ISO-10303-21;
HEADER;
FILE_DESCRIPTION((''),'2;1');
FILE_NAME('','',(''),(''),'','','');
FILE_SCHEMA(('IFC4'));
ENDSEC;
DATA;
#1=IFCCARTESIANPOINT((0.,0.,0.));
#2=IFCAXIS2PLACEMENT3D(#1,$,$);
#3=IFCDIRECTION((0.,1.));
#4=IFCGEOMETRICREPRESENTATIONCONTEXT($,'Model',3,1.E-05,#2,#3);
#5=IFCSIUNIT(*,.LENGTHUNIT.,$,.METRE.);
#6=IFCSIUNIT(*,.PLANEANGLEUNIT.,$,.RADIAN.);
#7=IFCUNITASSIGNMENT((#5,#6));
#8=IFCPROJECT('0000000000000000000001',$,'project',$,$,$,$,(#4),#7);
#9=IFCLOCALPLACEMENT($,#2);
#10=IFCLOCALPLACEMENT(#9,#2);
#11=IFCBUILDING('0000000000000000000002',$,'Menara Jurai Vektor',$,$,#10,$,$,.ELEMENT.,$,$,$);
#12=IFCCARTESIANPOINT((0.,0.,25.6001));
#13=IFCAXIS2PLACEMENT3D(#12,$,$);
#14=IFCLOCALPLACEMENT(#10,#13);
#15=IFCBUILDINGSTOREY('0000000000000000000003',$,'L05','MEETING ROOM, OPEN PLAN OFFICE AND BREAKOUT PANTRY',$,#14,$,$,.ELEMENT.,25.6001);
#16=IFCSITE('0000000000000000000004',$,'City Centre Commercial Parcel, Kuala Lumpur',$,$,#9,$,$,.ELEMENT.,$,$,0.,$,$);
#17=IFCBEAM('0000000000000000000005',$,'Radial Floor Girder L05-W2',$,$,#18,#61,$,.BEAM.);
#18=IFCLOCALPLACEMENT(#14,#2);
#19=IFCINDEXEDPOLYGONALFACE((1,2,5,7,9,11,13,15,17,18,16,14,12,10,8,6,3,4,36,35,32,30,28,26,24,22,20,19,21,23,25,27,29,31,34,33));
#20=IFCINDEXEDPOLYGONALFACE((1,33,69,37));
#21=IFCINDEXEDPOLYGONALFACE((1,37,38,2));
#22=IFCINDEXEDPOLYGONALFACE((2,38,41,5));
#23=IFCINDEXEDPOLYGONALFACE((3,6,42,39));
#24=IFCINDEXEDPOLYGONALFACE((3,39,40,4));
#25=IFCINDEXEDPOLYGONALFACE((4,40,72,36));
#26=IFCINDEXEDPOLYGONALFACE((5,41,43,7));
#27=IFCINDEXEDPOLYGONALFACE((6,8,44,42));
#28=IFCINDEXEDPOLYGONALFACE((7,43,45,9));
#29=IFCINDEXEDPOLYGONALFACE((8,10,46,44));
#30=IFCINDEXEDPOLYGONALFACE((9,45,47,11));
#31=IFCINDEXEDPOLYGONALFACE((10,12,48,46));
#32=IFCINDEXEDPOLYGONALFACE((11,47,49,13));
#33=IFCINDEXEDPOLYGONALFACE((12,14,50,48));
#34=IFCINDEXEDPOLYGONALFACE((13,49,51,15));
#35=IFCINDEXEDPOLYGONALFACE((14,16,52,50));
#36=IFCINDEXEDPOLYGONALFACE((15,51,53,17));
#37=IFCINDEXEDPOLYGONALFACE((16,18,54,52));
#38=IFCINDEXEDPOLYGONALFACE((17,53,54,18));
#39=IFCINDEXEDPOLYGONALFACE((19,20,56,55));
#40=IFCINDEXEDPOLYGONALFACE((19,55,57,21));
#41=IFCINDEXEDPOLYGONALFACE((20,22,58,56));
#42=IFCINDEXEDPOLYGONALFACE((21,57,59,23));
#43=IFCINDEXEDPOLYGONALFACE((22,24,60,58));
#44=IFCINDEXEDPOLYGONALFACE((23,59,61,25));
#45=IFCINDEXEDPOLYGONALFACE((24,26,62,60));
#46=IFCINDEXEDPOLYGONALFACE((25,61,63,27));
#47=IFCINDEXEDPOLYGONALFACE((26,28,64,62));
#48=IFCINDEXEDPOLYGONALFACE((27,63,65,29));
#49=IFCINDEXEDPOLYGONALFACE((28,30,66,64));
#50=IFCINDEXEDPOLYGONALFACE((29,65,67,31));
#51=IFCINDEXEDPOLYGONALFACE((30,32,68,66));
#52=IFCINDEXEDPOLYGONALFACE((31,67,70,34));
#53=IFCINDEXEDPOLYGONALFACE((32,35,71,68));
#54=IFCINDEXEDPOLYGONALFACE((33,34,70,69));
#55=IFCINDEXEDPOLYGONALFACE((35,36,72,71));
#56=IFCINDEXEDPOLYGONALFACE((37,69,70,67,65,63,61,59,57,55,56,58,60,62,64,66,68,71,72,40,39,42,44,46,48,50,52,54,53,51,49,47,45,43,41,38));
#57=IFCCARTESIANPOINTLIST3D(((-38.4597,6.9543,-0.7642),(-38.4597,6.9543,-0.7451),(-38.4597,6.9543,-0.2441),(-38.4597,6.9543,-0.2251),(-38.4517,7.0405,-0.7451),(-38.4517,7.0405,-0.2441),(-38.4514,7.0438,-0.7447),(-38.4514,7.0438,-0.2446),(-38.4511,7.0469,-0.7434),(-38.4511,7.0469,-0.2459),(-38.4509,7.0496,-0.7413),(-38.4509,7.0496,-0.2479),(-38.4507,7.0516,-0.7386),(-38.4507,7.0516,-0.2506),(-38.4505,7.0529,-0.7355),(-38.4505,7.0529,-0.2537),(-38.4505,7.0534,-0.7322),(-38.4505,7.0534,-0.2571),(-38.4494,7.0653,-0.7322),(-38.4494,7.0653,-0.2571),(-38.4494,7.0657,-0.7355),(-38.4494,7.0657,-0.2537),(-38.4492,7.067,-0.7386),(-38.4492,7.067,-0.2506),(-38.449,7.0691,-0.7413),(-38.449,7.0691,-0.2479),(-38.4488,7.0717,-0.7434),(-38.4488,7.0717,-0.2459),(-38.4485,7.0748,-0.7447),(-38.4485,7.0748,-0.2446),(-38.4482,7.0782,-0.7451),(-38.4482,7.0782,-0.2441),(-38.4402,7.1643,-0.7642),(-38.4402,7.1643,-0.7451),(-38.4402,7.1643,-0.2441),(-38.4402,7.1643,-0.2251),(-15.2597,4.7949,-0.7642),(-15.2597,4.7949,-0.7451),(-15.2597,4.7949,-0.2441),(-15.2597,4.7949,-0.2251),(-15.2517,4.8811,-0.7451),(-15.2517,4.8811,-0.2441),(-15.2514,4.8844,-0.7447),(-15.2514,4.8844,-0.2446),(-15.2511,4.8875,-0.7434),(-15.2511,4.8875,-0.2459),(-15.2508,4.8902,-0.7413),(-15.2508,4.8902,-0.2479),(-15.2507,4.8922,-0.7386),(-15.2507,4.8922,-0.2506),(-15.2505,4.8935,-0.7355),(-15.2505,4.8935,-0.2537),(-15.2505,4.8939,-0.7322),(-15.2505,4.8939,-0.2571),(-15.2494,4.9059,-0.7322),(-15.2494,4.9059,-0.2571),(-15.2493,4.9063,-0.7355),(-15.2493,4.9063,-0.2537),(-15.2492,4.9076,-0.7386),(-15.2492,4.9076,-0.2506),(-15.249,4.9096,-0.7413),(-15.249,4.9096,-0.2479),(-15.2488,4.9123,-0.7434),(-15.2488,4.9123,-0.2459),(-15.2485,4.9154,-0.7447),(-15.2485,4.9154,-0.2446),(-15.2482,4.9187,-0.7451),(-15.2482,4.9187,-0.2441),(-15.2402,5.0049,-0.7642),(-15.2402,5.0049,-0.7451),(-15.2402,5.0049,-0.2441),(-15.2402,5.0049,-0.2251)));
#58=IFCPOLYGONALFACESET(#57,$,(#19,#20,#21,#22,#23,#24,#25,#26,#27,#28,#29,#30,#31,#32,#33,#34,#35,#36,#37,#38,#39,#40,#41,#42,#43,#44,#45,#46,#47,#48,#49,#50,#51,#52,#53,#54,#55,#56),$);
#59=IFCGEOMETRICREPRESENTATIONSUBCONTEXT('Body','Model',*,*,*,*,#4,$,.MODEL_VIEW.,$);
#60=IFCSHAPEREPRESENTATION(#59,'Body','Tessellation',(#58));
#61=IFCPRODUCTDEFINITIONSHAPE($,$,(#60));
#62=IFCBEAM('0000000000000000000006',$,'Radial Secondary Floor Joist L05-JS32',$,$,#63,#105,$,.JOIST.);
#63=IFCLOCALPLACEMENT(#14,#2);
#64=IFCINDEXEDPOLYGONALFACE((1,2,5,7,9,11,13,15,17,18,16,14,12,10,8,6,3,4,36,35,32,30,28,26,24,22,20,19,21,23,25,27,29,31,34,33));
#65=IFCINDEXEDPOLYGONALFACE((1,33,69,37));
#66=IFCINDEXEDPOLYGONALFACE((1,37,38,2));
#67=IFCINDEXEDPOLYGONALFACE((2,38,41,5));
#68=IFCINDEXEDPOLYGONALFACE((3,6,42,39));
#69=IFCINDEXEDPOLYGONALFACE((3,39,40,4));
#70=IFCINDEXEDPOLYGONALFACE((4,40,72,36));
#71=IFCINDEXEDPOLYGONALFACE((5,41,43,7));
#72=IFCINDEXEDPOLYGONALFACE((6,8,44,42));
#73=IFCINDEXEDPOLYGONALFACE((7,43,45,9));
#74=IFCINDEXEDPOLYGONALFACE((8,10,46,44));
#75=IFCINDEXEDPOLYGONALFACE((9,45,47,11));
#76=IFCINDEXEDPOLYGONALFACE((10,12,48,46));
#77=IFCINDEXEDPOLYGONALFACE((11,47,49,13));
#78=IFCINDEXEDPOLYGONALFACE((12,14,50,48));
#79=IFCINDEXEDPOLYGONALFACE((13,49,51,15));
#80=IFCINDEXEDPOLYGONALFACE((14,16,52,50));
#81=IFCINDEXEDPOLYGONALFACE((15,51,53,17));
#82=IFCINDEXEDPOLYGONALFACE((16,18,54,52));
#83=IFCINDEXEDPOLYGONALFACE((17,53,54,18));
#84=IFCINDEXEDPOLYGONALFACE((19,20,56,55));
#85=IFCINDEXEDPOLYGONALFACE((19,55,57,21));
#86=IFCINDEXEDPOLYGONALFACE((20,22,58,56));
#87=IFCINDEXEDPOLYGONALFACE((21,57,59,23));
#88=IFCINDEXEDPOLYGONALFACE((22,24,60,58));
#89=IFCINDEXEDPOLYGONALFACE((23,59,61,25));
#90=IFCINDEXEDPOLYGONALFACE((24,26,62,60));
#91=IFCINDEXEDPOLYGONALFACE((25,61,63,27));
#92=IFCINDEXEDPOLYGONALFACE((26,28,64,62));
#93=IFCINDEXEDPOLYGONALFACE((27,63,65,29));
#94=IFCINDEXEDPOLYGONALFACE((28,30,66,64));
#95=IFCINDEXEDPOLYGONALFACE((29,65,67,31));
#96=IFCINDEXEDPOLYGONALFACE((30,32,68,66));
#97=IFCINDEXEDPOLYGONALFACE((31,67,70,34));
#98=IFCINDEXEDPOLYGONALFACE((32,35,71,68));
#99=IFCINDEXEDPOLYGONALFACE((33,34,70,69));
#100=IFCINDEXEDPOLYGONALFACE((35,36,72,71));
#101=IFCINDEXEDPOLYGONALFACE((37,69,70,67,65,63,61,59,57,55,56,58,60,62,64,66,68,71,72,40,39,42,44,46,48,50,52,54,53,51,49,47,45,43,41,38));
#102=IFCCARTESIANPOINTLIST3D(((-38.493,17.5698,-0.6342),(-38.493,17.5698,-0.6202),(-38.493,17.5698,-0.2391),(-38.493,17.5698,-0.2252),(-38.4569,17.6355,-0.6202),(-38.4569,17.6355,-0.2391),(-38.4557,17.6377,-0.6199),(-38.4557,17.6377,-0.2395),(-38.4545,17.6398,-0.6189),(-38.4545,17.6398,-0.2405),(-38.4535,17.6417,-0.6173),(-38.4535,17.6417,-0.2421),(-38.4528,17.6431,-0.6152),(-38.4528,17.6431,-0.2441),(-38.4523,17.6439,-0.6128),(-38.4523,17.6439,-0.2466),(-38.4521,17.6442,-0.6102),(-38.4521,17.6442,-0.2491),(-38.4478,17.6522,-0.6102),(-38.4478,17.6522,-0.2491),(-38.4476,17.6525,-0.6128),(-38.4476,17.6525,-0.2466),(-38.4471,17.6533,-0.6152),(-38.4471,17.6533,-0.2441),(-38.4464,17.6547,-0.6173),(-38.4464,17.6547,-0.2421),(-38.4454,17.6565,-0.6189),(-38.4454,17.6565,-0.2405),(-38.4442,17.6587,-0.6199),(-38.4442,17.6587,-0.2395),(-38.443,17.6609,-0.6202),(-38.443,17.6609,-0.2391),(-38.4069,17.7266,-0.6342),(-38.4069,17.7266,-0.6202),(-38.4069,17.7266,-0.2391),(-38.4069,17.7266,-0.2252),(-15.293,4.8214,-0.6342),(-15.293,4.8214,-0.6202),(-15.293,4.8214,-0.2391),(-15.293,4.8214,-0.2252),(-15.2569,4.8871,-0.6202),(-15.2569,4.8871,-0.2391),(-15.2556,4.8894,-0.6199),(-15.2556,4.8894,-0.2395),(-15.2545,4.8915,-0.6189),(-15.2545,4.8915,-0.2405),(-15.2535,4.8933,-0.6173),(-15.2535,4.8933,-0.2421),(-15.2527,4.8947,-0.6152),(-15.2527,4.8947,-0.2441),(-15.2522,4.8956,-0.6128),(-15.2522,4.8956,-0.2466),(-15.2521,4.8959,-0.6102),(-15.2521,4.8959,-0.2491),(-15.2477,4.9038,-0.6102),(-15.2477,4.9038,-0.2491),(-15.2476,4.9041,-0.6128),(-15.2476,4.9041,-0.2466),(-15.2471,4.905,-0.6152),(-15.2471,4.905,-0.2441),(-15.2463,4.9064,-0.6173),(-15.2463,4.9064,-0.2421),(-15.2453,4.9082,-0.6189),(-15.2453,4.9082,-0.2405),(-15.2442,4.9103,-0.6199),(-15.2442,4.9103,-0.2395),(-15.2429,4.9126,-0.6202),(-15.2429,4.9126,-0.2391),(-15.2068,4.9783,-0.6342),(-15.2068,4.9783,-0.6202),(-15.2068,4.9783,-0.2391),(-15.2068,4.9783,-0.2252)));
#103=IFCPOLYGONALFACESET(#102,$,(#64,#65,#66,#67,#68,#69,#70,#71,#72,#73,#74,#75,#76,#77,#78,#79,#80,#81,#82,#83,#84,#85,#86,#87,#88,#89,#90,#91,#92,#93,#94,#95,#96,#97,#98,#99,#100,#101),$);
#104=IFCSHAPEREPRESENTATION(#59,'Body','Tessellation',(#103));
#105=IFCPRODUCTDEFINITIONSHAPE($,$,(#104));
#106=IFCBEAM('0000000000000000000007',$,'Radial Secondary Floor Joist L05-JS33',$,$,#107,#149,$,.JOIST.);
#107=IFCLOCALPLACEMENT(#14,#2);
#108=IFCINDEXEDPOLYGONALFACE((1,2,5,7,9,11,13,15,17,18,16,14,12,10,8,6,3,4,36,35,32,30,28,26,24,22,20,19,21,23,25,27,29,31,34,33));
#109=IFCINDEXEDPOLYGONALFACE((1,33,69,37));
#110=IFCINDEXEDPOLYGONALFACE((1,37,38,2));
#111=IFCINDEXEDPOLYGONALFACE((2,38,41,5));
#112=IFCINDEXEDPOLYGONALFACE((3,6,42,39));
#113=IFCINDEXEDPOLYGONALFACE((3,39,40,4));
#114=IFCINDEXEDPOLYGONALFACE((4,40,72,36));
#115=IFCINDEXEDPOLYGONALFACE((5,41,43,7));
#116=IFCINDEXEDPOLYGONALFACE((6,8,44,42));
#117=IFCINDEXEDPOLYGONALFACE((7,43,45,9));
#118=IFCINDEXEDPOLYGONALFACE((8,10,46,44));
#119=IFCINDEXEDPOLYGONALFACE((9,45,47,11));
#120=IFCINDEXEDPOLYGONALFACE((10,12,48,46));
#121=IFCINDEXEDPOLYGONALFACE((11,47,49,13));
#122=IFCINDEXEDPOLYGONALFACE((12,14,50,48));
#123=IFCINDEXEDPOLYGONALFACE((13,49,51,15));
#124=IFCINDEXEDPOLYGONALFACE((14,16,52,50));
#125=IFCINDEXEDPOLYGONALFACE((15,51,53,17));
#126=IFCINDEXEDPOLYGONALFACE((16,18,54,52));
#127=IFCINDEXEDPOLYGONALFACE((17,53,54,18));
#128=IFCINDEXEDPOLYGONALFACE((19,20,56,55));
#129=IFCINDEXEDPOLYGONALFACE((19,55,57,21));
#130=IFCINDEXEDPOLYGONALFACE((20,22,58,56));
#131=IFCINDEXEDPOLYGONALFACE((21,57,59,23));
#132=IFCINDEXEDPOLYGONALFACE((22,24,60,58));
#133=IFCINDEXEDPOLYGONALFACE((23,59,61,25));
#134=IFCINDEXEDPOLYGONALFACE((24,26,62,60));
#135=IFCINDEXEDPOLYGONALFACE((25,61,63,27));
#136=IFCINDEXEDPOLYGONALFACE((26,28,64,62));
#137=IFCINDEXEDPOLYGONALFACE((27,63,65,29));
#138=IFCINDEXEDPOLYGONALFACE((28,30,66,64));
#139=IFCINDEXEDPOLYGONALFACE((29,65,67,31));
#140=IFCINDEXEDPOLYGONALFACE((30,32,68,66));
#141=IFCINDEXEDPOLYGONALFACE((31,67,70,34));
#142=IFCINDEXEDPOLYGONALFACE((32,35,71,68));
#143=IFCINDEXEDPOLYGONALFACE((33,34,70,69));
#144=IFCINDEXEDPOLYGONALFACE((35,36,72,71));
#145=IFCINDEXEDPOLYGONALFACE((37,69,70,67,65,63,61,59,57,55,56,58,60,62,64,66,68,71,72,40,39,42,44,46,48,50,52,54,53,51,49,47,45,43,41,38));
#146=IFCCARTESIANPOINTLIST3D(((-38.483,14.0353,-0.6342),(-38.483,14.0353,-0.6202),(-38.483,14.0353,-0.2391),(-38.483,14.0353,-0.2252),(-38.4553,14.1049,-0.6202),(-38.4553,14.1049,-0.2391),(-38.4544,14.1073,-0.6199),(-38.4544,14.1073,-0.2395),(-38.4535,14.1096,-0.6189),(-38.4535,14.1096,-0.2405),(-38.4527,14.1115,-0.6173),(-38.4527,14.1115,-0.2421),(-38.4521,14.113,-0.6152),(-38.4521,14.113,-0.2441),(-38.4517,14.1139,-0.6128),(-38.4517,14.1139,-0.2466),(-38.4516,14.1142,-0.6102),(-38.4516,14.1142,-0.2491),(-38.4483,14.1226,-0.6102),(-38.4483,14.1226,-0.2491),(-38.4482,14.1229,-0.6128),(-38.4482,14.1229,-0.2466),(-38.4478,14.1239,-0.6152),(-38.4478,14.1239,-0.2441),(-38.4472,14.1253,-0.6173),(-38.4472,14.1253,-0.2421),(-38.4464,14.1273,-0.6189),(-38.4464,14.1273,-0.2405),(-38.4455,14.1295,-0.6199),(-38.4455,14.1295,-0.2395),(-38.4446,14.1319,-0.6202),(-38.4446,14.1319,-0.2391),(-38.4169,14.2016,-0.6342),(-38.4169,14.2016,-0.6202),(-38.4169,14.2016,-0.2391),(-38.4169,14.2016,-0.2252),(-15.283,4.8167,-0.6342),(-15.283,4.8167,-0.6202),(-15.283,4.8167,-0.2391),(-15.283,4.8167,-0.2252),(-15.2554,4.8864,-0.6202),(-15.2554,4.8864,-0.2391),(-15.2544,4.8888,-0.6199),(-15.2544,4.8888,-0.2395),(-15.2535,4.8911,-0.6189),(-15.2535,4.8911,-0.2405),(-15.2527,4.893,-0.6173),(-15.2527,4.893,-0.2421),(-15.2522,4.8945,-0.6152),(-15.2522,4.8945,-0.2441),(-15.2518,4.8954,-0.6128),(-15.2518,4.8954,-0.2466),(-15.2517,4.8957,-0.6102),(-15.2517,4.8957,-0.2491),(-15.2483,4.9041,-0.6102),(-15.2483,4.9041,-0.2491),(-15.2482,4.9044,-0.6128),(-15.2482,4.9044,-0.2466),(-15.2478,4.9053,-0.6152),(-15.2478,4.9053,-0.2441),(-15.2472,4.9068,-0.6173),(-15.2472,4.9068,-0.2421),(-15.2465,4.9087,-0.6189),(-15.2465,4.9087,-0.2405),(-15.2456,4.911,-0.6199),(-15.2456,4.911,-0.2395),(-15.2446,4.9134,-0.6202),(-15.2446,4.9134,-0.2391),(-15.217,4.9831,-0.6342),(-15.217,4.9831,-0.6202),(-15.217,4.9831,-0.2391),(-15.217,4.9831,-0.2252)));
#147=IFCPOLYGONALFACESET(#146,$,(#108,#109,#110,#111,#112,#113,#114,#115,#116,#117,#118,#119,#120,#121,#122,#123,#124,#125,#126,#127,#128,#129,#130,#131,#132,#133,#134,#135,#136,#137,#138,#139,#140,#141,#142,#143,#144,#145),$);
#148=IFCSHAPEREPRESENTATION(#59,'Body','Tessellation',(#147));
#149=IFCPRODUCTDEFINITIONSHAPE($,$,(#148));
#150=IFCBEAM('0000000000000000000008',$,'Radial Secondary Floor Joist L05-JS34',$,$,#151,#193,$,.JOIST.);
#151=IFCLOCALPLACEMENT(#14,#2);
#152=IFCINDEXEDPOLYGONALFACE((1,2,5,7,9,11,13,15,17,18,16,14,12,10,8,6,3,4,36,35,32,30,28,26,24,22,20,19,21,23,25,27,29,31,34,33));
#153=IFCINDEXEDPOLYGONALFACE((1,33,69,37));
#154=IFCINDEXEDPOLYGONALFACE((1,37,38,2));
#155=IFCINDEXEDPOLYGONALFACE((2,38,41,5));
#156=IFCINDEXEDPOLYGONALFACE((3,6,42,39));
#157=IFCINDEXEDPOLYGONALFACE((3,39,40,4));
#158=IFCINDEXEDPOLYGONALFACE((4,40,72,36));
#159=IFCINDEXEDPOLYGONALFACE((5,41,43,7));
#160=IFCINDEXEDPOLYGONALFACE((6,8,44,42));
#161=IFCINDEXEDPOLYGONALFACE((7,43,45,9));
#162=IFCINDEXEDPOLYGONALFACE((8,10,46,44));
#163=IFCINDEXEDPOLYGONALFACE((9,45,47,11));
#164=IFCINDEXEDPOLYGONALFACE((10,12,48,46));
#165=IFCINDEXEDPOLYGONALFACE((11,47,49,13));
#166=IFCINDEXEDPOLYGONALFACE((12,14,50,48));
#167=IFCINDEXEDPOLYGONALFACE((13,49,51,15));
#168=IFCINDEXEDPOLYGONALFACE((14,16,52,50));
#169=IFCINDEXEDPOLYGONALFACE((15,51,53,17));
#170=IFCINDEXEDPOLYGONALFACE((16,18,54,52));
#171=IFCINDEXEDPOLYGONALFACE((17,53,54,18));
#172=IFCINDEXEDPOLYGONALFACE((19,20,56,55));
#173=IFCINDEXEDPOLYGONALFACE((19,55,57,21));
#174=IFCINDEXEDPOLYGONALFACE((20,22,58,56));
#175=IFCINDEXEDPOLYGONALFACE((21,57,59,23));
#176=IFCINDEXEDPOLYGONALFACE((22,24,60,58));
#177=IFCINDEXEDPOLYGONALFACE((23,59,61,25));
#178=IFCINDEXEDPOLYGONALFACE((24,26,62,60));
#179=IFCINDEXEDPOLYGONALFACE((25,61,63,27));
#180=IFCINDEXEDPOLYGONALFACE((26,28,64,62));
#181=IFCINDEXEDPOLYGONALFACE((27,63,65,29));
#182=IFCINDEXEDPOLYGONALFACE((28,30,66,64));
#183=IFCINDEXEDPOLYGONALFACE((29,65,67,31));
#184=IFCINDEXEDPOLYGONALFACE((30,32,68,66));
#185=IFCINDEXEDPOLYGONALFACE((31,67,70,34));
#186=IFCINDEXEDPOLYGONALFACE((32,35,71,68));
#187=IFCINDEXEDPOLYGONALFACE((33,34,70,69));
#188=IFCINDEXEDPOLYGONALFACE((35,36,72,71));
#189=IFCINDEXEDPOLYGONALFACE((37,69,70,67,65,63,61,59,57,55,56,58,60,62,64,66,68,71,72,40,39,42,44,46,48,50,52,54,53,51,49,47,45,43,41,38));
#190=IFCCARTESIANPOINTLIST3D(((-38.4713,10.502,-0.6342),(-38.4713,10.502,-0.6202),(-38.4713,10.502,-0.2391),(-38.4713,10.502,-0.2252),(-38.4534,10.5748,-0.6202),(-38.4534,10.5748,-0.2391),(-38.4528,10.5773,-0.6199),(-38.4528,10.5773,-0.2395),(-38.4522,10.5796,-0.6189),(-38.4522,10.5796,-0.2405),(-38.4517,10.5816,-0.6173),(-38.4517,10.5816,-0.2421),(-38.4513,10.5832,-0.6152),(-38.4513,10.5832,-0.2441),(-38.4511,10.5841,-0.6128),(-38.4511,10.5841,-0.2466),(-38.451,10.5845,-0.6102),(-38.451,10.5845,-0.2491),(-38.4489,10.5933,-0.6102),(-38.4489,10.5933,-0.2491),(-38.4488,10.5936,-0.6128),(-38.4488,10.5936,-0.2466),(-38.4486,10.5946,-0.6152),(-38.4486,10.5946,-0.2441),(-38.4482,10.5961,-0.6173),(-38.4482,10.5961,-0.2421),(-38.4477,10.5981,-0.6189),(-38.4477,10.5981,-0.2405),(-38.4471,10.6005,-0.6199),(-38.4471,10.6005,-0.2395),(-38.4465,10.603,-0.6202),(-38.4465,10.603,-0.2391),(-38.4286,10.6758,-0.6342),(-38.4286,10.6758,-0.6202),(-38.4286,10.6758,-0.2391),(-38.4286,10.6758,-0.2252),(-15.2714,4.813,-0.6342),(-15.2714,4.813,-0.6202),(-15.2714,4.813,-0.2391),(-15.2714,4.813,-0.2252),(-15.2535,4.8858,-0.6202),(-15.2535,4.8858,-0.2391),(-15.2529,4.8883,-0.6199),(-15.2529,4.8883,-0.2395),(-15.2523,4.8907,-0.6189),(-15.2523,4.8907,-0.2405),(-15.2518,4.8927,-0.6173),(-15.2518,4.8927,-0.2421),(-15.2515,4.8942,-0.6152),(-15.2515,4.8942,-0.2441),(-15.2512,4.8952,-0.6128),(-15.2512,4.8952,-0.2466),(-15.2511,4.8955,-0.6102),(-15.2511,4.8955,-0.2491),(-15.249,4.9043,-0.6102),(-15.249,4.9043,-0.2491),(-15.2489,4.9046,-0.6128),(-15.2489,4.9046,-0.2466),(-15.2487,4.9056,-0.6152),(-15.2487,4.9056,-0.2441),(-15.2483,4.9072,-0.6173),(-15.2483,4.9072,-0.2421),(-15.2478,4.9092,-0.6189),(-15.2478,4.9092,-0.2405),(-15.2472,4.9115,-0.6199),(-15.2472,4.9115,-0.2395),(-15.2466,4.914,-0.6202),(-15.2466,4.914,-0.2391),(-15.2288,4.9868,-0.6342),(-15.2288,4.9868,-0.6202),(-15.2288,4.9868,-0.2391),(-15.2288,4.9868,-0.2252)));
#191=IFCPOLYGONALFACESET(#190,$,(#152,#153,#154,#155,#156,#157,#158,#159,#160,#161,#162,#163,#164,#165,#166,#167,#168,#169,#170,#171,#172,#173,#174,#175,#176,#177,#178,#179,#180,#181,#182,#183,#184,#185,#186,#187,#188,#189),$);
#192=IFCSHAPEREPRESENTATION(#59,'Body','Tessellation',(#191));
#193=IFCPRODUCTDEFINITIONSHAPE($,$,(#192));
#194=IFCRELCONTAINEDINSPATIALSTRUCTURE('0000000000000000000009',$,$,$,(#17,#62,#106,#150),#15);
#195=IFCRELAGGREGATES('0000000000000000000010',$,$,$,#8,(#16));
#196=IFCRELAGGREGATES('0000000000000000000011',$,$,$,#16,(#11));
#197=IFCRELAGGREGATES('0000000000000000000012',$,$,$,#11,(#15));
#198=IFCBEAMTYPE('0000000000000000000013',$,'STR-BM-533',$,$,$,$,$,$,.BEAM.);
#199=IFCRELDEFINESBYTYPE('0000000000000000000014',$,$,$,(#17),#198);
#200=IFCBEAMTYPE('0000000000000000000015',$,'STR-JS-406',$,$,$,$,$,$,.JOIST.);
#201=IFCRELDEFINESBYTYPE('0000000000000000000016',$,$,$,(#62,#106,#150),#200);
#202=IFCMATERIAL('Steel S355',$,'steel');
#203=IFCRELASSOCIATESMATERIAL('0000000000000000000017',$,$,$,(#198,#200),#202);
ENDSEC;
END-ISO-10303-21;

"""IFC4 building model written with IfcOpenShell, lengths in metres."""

from ifc_helpers import new_model, si_unit, direction, frame, origin, origin_2d, place, context, subcontext, project, spatial, i_section, extrude, material, material_profile, profile_set, type_object, element, save


model = new_model("IFC4")

# Units and contexts
model_context = context("Model", 3, precision=1e-05, world=origin(), true_north=direction((0.0, 1.0)))
body_context = subcontext(model_context, "Body", "Model", "MODEL_VIEW")
ifc_project = project(units=[si_unit("LENGTHUNIT", "METRE"), si_unit("PLANEANGLEUNIT", "RADIAN")], contexts=[model_context])

# Site, building, storey
site_placement = place(None, origin())
site = spatial("IfcSite", under=ifc_project, at=site_placement, Name="City Centre Commercial Parcel, Kuala Lumpur", CompositionType="ELEMENT", RefElevation=0.0)
building_placement = place(site_placement, origin())
building = spatial("IfcBuilding", under=site, at=building_placement, Name="Menara Jurai Vektor", CompositionType="ELEMENT")
storey_placement = place(building_placement, frame((0.0, 0.0, 25.6001)))
storey = spatial("IfcBuildingStorey", under=building, at=storey_placement, Name="L05", Description="MEETING ROOM, OPEN PLAN OFFICE AND BREAKOUT PANTRY", CompositionType="ELEMENT", Elevation=25.6001)

# Beams
ifc_material_1 = material(Name="Steel S355", Category="steel")
ifc_material_profile_1 = material_profile(ifc_material_1, i_section(OverallWidth=0.2109, OverallDepth=0.5391, WebThickness=0.012, FlangeThickness=0.019, FilletRadius=0.0129, at=origin_2d()), Name="UKB 533x210x109")
ifc_profile_set_1 = profile_set([ifc_material_profile_1], Name="Steel S355")
beam_type_1 = type_object("IfcBeamType", Name="STR-BM-533", PredefinedType="BEAM", material=ifc_profile_set_1)
beam_1_placement = place(storey_placement, frame((-38.45, 7.0593, -0.4946), z_axis=(0.995696, -0.092678, 0.0), x_axis=(0.092678, 0.995696, 0.0)))
element("IfcBeam", 1, at=beam_1_placement, inside=storey, type_object=beam_type_1, Name="Radial Floor Girder L05-W2", PredefinedType="BEAM", context=body_context, shape_type="SweptSolid", body=[
    extrude(i_section(OverallWidth=0.2109, OverallDepth=0.5391, WebThickness=0.012, FlangeThickness=0.019, FilletRadius=0.0129, at=origin_2d()), origin(), (0.0, 0.0, 1.0), 23.3003),
])
ifc_material_profile_2 = material_profile(ifc_material_1, i_section(OverallWidth=0.179, OverallDepth=0.4089, WebThickness=0.009, FlangeThickness=0.0139, FilletRadius=0.01, at=origin_2d()), Name="UKB 406x178x67")
ifc_profile_set_2 = profile_set([ifc_material_profile_2], Name="Steel S355")
beam_type_2 = type_object("IfcBeamType", Name="STR-JS-406", PredefinedType="JOIST", material=ifc_profile_set_2)
beam_2_placement = place(storey_placement, frame((-38.45, 17.6482, -0.4297), z_axis=(0.876402, -0.48158, 0.0), x_axis=(0.48158, 0.876402, 0.0)))
element("IfcBeam", 2, at=beam_2_placement, inside=storey, type_object=beam_type_2, Name="Radial Secondary Floor Joist L05-JS32", PredefinedType="JOIST", context=body_context, shape_type="SweptSolid", body=[
    extrude(i_section(OverallWidth=0.179, OverallDepth=0.4089, WebThickness=0.009, FlangeThickness=0.0139, FilletRadius=0.01, at=origin_2d()), origin(), (0.0, 0.0, 1.0), 26.4719),
])
beam_3_placement = place(storey_placement, frame((-38.45, 14.1184, -0.4297), z_axis=(0.929323, -0.369267, 0.0), x_axis=(0.369267, 0.929323, 0.0)))
element("IfcBeam", 3, at=beam_3_placement, inside=storey, type_object=beam_type_2, Name="Radial Secondary Floor Joist L05-JS33", PredefinedType="JOIST", context=body_context, shape_type="SweptSolid", body=[
    extrude(i_section(OverallWidth=0.179, OverallDepth=0.4089, WebThickness=0.009, FlangeThickness=0.0139, FilletRadius=0.01, at=origin_2d()), origin(), (0.0, 0.0, 1.0), 24.9644),
])
beam_4_placement = place(storey_placement, frame((-38.45, 10.5889, -0.4297), z_axis=(0.971226, -0.238159, 0.0), x_axis=(0.238159, 0.971226, 0.0)))
element("IfcBeam", 4, at=beam_4_placement, inside=storey, type_object=beam_type_2, Name="Radial Secondary Floor Joist L05-JS34", PredefinedType="JOIST", context=body_context, shape_type="SweptSolid", body=[
    extrude(i_section(OverallWidth=0.179, OverallDepth=0.4089, WebThickness=0.009, FlangeThickness=0.0139, FilletRadius=0.01, at=origin_2d()), origin(), (0.0, 0.0, 1.0), 23.8872),
])

save(model, "model.ifc")
